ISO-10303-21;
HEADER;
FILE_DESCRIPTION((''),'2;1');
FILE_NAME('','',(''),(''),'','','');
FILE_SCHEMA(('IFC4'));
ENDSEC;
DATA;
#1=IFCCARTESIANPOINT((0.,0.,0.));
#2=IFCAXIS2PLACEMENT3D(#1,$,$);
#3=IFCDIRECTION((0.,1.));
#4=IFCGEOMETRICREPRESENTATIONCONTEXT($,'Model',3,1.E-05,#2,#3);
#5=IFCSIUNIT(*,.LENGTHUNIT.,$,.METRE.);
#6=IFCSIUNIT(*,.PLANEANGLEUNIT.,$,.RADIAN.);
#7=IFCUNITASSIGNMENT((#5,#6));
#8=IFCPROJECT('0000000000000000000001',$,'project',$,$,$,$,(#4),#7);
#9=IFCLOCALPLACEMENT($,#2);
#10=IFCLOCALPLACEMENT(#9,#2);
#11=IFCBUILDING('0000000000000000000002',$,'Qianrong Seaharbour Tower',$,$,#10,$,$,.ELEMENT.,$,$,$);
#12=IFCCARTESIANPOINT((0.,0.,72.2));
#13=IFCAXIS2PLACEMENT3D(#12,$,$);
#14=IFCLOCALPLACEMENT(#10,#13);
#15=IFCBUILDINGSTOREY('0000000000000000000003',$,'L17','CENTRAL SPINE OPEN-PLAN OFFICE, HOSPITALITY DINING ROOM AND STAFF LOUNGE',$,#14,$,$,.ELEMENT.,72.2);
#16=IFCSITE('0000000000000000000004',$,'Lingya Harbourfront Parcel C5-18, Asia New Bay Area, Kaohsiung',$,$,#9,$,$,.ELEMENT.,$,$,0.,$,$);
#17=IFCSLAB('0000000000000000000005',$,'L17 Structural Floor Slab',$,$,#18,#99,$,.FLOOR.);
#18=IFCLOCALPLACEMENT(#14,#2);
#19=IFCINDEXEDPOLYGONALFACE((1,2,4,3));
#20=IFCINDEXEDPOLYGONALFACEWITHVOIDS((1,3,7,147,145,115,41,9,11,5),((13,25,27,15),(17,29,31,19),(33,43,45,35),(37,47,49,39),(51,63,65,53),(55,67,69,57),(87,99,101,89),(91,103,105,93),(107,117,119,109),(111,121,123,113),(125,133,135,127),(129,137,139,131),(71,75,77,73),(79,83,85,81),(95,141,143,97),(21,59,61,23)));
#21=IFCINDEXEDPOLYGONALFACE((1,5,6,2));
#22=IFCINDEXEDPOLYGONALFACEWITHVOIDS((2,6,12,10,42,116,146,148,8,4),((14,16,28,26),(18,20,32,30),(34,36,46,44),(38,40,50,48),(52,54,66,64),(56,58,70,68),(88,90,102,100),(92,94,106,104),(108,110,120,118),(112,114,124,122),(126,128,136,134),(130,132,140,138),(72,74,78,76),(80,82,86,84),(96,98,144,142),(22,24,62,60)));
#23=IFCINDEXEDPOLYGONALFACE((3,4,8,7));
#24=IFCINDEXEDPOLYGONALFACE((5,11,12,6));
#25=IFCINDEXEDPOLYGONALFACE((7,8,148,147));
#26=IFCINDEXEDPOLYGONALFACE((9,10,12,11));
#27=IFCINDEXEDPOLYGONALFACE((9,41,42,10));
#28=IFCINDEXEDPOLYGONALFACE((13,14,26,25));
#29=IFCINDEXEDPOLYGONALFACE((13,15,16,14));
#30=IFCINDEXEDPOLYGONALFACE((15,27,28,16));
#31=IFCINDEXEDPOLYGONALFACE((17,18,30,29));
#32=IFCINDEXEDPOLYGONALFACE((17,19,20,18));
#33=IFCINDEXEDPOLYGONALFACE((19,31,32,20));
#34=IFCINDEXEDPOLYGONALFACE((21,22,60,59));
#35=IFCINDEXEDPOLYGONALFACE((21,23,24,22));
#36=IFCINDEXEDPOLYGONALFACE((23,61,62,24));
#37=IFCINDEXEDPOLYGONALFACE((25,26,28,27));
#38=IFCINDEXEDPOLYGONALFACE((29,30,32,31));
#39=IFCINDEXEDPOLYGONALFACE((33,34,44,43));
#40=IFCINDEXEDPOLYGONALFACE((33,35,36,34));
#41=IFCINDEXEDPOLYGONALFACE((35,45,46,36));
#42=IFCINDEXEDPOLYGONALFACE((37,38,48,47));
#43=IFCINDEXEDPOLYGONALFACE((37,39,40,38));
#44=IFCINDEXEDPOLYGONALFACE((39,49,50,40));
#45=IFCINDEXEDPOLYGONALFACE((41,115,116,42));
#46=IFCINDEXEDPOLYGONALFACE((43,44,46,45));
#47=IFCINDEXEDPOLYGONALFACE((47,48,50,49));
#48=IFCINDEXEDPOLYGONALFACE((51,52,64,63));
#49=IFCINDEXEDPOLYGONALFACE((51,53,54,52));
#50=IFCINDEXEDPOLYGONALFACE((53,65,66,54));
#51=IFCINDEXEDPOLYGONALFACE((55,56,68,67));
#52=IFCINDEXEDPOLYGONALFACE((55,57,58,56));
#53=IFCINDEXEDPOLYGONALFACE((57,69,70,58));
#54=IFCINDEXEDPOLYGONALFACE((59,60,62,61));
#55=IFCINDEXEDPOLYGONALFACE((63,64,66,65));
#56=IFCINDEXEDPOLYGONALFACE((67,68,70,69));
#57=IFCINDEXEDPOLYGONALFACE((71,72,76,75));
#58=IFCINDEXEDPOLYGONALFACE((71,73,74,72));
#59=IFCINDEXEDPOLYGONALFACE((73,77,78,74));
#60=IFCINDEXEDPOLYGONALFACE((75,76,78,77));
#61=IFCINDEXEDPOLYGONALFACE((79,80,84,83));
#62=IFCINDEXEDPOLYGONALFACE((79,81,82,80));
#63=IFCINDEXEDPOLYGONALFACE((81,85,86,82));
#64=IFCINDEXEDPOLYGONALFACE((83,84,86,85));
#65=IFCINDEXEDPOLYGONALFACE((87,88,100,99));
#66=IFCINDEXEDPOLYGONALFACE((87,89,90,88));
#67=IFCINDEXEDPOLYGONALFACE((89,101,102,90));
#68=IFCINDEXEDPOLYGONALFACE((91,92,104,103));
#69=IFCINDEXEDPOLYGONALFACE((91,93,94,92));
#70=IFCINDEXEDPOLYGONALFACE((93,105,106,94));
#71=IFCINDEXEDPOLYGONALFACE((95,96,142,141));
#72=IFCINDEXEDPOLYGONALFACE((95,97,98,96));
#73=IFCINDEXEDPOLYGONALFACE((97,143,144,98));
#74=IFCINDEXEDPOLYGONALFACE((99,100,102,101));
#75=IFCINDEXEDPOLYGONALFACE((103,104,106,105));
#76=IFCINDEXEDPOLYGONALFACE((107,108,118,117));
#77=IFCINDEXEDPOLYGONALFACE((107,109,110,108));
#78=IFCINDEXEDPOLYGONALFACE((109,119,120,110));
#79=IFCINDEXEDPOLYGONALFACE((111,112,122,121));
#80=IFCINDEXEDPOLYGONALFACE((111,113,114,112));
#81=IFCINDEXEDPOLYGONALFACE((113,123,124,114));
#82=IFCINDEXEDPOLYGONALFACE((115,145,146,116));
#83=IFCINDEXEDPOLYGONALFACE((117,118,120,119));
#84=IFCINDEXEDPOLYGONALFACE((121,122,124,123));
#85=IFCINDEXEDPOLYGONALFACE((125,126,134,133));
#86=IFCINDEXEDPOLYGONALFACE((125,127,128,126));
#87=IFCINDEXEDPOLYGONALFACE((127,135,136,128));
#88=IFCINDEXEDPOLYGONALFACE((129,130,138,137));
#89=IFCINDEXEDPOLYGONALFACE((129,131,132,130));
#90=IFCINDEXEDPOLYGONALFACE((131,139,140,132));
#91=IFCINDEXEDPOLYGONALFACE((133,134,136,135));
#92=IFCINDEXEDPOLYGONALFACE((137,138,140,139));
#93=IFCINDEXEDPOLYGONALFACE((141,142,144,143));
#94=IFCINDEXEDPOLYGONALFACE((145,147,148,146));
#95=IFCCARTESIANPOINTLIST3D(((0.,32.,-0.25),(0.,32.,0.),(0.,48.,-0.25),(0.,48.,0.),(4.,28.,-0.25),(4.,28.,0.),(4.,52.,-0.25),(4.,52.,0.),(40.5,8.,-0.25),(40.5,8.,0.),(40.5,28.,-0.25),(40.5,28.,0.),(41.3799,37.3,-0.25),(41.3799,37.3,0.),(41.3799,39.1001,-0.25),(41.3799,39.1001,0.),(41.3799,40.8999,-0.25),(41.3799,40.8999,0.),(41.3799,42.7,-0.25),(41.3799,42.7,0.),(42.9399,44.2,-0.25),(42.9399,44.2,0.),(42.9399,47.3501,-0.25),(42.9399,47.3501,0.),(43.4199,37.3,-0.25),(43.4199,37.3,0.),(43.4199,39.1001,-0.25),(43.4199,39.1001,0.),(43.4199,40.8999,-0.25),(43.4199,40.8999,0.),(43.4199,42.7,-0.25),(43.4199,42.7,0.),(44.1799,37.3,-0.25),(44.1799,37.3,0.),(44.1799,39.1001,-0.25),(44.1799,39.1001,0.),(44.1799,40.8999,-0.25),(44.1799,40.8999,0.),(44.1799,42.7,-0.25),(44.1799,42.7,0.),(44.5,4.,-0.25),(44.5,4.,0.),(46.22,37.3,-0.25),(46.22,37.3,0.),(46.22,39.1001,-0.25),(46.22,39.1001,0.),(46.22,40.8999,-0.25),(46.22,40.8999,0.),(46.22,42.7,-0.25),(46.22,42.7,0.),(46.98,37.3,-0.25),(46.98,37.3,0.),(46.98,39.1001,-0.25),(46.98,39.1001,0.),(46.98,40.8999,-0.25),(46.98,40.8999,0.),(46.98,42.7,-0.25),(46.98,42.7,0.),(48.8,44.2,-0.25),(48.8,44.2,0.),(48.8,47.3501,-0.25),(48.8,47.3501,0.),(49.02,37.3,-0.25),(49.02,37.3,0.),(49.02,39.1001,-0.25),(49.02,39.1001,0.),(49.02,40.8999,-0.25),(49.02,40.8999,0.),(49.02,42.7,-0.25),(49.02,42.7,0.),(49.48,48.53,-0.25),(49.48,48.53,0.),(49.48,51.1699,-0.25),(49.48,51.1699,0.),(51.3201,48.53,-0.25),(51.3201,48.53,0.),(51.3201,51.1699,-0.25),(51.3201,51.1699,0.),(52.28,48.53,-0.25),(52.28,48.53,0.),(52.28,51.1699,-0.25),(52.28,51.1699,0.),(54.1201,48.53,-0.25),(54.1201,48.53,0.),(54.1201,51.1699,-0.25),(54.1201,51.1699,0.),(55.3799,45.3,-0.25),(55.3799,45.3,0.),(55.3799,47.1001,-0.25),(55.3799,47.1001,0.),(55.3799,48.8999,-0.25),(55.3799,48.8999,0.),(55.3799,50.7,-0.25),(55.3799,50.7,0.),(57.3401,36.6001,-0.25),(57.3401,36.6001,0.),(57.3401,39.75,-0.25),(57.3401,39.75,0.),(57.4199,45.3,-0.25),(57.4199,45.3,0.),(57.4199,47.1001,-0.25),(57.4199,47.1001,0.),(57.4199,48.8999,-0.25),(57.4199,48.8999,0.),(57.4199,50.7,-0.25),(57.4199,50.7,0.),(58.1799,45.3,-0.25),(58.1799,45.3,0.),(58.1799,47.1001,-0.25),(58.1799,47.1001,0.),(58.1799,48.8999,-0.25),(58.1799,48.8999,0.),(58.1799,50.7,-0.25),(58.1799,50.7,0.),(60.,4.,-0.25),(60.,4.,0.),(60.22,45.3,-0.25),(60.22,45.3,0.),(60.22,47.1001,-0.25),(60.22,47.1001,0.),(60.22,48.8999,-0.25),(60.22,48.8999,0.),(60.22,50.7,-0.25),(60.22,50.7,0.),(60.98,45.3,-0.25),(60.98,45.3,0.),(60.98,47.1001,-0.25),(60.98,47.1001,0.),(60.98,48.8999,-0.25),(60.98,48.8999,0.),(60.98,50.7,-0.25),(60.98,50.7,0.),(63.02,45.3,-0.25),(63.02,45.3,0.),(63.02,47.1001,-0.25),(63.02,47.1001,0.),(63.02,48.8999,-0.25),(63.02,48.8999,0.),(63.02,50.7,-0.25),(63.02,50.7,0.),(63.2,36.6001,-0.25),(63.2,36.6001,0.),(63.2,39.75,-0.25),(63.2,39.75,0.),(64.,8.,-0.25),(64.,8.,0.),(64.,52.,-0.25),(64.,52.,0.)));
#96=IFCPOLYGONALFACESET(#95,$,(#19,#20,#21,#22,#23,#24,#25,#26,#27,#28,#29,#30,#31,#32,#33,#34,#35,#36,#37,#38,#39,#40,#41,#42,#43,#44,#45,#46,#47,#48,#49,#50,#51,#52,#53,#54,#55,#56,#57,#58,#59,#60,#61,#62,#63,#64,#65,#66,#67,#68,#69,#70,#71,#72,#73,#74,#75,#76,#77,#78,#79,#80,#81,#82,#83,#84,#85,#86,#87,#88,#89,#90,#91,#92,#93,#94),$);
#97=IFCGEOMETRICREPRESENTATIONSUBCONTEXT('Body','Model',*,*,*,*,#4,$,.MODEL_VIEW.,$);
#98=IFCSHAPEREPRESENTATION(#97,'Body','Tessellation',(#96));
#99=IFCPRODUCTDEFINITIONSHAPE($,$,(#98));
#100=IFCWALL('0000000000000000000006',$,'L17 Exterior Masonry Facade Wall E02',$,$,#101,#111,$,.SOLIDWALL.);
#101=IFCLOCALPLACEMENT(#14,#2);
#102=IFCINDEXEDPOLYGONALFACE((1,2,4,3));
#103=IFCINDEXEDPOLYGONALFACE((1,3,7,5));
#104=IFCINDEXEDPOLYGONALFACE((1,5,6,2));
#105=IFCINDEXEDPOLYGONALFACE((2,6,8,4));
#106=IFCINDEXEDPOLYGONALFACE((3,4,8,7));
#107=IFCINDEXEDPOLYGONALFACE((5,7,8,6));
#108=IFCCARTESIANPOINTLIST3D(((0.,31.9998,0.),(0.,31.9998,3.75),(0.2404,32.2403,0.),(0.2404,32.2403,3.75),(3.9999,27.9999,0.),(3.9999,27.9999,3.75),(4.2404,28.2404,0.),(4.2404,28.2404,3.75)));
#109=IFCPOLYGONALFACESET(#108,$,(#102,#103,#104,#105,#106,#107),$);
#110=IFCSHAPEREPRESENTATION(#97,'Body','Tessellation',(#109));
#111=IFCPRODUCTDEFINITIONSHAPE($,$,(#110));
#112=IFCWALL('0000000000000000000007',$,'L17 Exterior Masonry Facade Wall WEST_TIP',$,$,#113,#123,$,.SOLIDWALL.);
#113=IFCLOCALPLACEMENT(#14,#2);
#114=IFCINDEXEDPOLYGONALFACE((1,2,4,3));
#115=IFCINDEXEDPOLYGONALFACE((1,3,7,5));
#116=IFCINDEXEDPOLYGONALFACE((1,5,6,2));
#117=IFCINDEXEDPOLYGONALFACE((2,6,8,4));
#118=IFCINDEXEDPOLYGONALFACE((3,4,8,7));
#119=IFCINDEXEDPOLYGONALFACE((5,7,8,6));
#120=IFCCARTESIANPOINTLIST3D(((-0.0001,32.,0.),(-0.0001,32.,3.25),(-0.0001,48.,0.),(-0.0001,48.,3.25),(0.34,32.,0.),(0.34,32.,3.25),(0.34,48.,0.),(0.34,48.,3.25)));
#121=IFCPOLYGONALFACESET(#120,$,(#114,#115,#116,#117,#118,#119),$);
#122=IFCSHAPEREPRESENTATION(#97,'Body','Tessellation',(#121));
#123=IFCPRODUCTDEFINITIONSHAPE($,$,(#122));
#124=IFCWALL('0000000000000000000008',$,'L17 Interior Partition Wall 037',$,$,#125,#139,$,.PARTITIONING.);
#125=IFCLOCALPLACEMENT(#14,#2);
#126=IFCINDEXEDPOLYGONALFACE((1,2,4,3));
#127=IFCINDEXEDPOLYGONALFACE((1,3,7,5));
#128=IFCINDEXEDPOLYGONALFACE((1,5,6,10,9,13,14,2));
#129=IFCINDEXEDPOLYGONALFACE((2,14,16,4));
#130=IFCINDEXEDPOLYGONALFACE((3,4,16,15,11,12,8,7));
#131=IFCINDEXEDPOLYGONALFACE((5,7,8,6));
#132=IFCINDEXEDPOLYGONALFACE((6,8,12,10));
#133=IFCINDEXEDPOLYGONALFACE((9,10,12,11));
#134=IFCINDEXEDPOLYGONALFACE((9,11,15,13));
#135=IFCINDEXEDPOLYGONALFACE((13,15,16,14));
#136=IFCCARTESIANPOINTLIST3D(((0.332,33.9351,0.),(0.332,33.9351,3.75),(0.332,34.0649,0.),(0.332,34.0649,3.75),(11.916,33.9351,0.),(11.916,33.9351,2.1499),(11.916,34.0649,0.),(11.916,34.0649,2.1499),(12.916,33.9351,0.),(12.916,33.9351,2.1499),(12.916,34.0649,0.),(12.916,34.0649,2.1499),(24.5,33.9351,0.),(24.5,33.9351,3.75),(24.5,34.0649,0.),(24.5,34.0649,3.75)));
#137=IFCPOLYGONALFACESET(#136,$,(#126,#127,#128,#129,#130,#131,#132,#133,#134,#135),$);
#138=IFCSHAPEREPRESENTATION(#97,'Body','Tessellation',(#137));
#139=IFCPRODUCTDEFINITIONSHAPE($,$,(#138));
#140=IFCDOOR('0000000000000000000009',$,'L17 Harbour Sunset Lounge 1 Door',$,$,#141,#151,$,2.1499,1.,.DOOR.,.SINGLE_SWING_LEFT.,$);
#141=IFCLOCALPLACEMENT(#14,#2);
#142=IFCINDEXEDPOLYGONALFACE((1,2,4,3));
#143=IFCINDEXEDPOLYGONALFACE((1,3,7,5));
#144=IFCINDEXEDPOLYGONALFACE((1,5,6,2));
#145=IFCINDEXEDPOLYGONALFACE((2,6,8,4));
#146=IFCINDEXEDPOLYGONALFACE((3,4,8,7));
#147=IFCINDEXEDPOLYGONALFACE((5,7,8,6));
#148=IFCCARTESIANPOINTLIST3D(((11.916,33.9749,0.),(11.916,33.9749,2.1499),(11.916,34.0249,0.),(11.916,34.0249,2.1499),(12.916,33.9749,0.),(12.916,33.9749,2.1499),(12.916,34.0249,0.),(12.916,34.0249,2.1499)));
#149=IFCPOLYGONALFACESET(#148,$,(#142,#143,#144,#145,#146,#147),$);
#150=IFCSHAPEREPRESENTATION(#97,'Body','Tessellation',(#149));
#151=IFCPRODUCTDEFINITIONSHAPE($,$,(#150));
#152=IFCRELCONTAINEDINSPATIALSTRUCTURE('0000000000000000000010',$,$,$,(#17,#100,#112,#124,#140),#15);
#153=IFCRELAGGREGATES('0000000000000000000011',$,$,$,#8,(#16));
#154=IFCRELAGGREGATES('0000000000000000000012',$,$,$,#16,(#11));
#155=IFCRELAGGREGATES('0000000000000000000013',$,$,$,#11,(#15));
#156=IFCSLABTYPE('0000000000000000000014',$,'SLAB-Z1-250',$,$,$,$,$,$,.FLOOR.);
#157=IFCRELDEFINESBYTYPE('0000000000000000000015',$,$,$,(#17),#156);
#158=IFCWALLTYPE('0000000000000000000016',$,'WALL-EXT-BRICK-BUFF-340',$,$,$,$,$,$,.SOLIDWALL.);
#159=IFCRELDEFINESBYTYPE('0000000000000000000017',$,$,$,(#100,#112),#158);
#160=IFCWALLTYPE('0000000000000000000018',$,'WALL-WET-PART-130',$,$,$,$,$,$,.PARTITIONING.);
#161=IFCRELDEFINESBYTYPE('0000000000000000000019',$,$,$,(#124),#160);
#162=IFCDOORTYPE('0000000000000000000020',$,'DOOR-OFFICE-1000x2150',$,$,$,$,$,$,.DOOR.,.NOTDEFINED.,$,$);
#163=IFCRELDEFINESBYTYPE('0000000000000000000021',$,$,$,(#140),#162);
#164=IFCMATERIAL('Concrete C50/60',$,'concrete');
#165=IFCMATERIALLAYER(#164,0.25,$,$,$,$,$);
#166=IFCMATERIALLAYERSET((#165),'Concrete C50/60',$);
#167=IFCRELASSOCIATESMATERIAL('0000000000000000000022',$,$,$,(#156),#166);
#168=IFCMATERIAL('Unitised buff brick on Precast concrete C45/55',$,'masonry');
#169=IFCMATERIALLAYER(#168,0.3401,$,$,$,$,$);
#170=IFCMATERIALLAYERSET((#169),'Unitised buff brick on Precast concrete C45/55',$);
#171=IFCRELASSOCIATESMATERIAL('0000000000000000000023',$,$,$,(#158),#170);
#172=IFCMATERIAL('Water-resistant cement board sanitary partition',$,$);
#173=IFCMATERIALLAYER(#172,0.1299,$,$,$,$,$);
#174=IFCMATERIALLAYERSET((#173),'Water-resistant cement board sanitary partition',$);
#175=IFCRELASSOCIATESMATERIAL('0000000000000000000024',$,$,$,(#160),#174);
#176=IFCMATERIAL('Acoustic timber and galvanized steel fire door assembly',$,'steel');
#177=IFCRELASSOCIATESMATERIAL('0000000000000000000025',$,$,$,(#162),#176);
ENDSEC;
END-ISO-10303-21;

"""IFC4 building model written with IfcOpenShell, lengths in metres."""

from ifc_helpers import new_model, si_unit, direction, frame, frame_2d, origin, place, context, subcontext, project, spatial, polyline, rectangle, outline, extrude, material, layer, layer_set, type_object, element, fill, save


model = new_model("IFC4")

# Units and contexts
model_context = context("Model", 3, precision=1e-05, world=origin(), true_north=direction((0.0, 1.0)))
body_context = subcontext(model_context, "Body", "Model", "MODEL_VIEW")
ifc_project = project(units=[si_unit("LENGTHUNIT", "METRE"), si_unit("PLANEANGLEUNIT", "RADIAN")], contexts=[model_context])

# Site, building, storey
site_placement = place(None, origin())
site = spatial("IfcSite", under=ifc_project, at=site_placement, Name="Lingya Harbourfront Parcel C5-18, Asia New Bay Area, Kaohsiung", CompositionType="ELEMENT", RefElevation=0.0)
building_placement = place(site_placement, origin())
building = spatial("IfcBuilding", under=site, at=building_placement, Name="Qianrong Seaharbour Tower", CompositionType="ELEMENT")
storey_placement = place(building_placement, frame((0.0, 0.0, 72.2)))
storey = spatial("IfcBuildingStorey", under=building, at=storey_placement, Name="L17", Description="CENTRAL SPINE OPEN-PLAN OFFICE, HOSPITALITY DINING ROOM AND STAFF LOUNGE", CompositionType="ELEMENT", Elevation=72.2)

# Shared definitions
ifc_material_1 = material(Name="Concrete C50/60", Category="concrete")

# Slab
ifc_layer_1 = layer(ifc_material_1, 0.25)
ifc_layer_set_1 = layer_set([ifc_layer_1], Name="Concrete C50/60")
slab_type_1 = type_object("IfcSlabType", Name="SLAB-Z1-250", PredefinedType="FLOOR", material=ifc_layer_set_1)
slab_1_placement = place(storey_placement, frame((0.0, 0.0, -0.25)))
element("IfcSlab", 1, at=slab_1_placement, inside=storey, type_object=slab_type_1, Name="L17 Structural Floor Slab", PredefinedType="FLOOR", context=body_context, shape_type="SweptSolid", body=[
    extrude(outline(polyline([(44.5, 4.0), (60.0, 4.0), (64.0, 8.0), (64.0, 52.0), (4.0, 52.0), (0.0, 48.0), (0.0, 32.0), (4.0, 28.0), (40.5, 28.0), (40.5, 8.0), (44.5, 4.0)]), holes=[polyline([(42.9399, 44.2), (42.9399, 47.3501), (48.8, 47.3501), (48.8, 44.2), (42.9399, 44.2)]), polyline([(57.3401, 36.6001), (57.3401, 39.75), (63.2, 39.75), (63.2, 36.6001), (57.3401, 36.6001)]), polyline([(49.48, 48.53), (49.48, 51.1699), (51.3201, 51.1699), (51.3201, 48.53), (49.48, 48.53)]), polyline([(52.28, 48.53), (52.28, 51.1699), (54.1201, 51.1699), (54.1201, 48.53), (52.28, 48.53)]), polyline([(41.3799, 37.3), (41.3799, 39.1001), (43.4199, 39.1001), (43.4199, 37.3), (41.3799, 37.3)]), polyline([(44.1799, 37.3), (44.1799, 39.1001), (46.22, 39.1001), (46.22, 37.3), (44.1799, 37.3)]), polyline([(46.98, 37.3), (46.98, 39.1001), (49.02, 39.1001), (49.02, 37.3), (46.98, 37.3)]), polyline([(41.3799, 40.8999), (41.3799, 42.7), (43.4199, 42.7), (43.4199, 40.8999), (41.3799, 40.8999)]), polyline([(44.1799, 40.8999), (44.1799, 42.7), (46.22, 42.7), (46.22, 40.8999), (44.1799, 40.8999)]), polyline([(46.98, 40.8999), (46.98, 42.7), (49.02, 42.7), (49.02, 40.8999), (46.98, 40.8999)]), polyline([(55.3799, 45.3), (55.3799, 47.1001), (57.4199, 47.1001), (57.4199, 45.3), (55.3799, 45.3)]), polyline([(58.1799, 45.3), (58.1799, 47.1001), (60.22, 47.1001), (60.22, 45.3), (58.1799, 45.3)]), polyline([(60.98, 45.3), (60.98, 47.1001), (63.02, 47.1001), (63.02, 45.3), (60.98, 45.3)]), polyline([(55.3799, 48.8999), (55.3799, 50.7), (57.4199, 50.7), (57.4199, 48.8999), (55.3799, 48.8999)]), polyline([(58.1799, 48.8999), (58.1799, 50.7), (60.22, 50.7), (60.22, 48.8999), (58.1799, 48.8999)]), polyline([(60.98, 48.8999), (60.98, 50.7), (63.02, 50.7), (63.02, 48.8999), (60.98, 48.8999)])]), origin(), (0.0, 0.0, 1.0), 0.25),
])

# Walls
ifc_material_2 = material(Name="Unitised buff brick on Precast concrete C45/55", Category="masonry")
ifc_layer_2 = layer(ifc_material_2, 0.3401)
ifc_layer_set_2 = layer_set([ifc_layer_2], Name="Unitised buff brick on Precast concrete C45/55")
wall_type_1 = type_object("IfcWallType", Name="WALL-EXT-BRICK-BUFF-340", PredefinedType="SOLIDWALL", material=ifc_layer_set_2)
wall_1_placement = place(storey_placement, frame((4.1201, 28.1201, 0.0), z_axis=(0.0, 0.0, 1.0), x_axis=(-0.707107, 0.707107, 0.0)))
element("IfcWall", 2, at=wall_1_placement, inside=storey, type_object=wall_type_1, Name="L17 Exterior Masonry Facade Wall E02", PredefinedType="SOLIDWALL", context=body_context, shape_type="SweptSolid", body=[
    extrude(rectangle(XDim=5.6567, YDim=0.3401, at=frame_2d((2.8284, 0.0))), origin(), (0.0, 0.0, 1.0), 3.75),
])
wall_2_placement = place(storey_placement, frame((0.1699, 32.0, 0.0), z_axis=(0.0, 0.0, 1.0), x_axis=(0.0, 1.0, 0.0)))
element("IfcWall", 3, at=wall_2_placement, inside=storey, type_object=wall_type_1, Name="L17 Exterior Masonry Facade Wall WEST_TIP", PredefinedType="SOLIDWALL", context=body_context, shape_type="SweptSolid", body=[
    extrude(rectangle(XDim=16.0, YDim=0.3401, at=frame_2d((8.0, 0.0))), origin(), (0.0, 0.0, 1.0), 3.25),
])

# Wall, opening, door
ifc_material_3 = material(Name="Water-resistant cement board sanitary partition")
ifc_layer_3 = layer(ifc_material_3, 0.1299)
ifc_layer_set_3 = layer_set([ifc_layer_3], Name="Water-resistant cement board sanitary partition")
wall_type_2 = type_object("IfcWallType", Name="WALL-WET-PART-130", PredefinedType="PARTITIONING", material=ifc_layer_set_3)
wall_3_placement = place(storey_placement, frame((0.332, 34.0, 0.0), z_axis=(0.0, 0.0, 1.0), x_axis=(1.0, 0.0, 0.0)))
wall_3 = element("IfcWall", 4, at=wall_3_placement, inside=storey, type_object=wall_type_2, Name="L17 Interior Partition Wall 037", PredefinedType="PARTITIONING", context=body_context, shape_type="SweptSolid", body=[
    extrude(rectangle(XDim=24.168, YDim=0.1299, at=frame_2d((12.084, 0.0))), origin(), (0.0, 0.0, 1.0), 3.75),
])
opening_placement = place(wall_3_placement, frame((11.584, 0.0, 0.0)))
opening = element("IfcOpeningElement", 5, at=opening_placement, cuts=wall_3, PredefinedType="OPENING", context=body_context, shape_type="SweptSolid", body=[
    extrude(rectangle(XDim=1.0, YDim=2.1499, at=frame_2d((0.5, 1.075))), frame((0.0, 0.075, 0.0), z_axis=(0.0, -1.0, 0.0), x_axis=(1.0, 0.0, 0.0)), (0.0, 0.0, 1.0), 0.1499),
])
ifc_material_4 = material(Name="Acoustic timber and galvanized steel fire door assembly", Category="steel")
door_type = type_object("IfcDoorType", Name="DOOR-OFFICE-1000x2150", OperationType="NOTDEFINED", PredefinedType="DOOR", material=ifc_material_4)
door_placement = place(opening_placement, origin())
door = element("IfcDoor", 6, at=door_placement, inside=storey, type_object=door_type, Name="L17 Harbour Sunset Lounge 1 Door", OperationType="SINGLE_SWING_LEFT", OverallHeight=2.1499, OverallWidth=1.0, PredefinedType="DOOR", context=body_context, shape_type="SweptSolid", body=[
    extrude(rectangle(XDim=1.0, YDim=2.1499, at=frame_2d((0.5, 1.075))), frame((0.0, 0.0249, 0.0), z_axis=(0.0, -1.0, 0.0), x_axis=(1.0, 0.0, 0.0)), (0.0, 0.0, 1.0), 0.05),
])
fill(opening, door)

save(model, "model.ifc")
